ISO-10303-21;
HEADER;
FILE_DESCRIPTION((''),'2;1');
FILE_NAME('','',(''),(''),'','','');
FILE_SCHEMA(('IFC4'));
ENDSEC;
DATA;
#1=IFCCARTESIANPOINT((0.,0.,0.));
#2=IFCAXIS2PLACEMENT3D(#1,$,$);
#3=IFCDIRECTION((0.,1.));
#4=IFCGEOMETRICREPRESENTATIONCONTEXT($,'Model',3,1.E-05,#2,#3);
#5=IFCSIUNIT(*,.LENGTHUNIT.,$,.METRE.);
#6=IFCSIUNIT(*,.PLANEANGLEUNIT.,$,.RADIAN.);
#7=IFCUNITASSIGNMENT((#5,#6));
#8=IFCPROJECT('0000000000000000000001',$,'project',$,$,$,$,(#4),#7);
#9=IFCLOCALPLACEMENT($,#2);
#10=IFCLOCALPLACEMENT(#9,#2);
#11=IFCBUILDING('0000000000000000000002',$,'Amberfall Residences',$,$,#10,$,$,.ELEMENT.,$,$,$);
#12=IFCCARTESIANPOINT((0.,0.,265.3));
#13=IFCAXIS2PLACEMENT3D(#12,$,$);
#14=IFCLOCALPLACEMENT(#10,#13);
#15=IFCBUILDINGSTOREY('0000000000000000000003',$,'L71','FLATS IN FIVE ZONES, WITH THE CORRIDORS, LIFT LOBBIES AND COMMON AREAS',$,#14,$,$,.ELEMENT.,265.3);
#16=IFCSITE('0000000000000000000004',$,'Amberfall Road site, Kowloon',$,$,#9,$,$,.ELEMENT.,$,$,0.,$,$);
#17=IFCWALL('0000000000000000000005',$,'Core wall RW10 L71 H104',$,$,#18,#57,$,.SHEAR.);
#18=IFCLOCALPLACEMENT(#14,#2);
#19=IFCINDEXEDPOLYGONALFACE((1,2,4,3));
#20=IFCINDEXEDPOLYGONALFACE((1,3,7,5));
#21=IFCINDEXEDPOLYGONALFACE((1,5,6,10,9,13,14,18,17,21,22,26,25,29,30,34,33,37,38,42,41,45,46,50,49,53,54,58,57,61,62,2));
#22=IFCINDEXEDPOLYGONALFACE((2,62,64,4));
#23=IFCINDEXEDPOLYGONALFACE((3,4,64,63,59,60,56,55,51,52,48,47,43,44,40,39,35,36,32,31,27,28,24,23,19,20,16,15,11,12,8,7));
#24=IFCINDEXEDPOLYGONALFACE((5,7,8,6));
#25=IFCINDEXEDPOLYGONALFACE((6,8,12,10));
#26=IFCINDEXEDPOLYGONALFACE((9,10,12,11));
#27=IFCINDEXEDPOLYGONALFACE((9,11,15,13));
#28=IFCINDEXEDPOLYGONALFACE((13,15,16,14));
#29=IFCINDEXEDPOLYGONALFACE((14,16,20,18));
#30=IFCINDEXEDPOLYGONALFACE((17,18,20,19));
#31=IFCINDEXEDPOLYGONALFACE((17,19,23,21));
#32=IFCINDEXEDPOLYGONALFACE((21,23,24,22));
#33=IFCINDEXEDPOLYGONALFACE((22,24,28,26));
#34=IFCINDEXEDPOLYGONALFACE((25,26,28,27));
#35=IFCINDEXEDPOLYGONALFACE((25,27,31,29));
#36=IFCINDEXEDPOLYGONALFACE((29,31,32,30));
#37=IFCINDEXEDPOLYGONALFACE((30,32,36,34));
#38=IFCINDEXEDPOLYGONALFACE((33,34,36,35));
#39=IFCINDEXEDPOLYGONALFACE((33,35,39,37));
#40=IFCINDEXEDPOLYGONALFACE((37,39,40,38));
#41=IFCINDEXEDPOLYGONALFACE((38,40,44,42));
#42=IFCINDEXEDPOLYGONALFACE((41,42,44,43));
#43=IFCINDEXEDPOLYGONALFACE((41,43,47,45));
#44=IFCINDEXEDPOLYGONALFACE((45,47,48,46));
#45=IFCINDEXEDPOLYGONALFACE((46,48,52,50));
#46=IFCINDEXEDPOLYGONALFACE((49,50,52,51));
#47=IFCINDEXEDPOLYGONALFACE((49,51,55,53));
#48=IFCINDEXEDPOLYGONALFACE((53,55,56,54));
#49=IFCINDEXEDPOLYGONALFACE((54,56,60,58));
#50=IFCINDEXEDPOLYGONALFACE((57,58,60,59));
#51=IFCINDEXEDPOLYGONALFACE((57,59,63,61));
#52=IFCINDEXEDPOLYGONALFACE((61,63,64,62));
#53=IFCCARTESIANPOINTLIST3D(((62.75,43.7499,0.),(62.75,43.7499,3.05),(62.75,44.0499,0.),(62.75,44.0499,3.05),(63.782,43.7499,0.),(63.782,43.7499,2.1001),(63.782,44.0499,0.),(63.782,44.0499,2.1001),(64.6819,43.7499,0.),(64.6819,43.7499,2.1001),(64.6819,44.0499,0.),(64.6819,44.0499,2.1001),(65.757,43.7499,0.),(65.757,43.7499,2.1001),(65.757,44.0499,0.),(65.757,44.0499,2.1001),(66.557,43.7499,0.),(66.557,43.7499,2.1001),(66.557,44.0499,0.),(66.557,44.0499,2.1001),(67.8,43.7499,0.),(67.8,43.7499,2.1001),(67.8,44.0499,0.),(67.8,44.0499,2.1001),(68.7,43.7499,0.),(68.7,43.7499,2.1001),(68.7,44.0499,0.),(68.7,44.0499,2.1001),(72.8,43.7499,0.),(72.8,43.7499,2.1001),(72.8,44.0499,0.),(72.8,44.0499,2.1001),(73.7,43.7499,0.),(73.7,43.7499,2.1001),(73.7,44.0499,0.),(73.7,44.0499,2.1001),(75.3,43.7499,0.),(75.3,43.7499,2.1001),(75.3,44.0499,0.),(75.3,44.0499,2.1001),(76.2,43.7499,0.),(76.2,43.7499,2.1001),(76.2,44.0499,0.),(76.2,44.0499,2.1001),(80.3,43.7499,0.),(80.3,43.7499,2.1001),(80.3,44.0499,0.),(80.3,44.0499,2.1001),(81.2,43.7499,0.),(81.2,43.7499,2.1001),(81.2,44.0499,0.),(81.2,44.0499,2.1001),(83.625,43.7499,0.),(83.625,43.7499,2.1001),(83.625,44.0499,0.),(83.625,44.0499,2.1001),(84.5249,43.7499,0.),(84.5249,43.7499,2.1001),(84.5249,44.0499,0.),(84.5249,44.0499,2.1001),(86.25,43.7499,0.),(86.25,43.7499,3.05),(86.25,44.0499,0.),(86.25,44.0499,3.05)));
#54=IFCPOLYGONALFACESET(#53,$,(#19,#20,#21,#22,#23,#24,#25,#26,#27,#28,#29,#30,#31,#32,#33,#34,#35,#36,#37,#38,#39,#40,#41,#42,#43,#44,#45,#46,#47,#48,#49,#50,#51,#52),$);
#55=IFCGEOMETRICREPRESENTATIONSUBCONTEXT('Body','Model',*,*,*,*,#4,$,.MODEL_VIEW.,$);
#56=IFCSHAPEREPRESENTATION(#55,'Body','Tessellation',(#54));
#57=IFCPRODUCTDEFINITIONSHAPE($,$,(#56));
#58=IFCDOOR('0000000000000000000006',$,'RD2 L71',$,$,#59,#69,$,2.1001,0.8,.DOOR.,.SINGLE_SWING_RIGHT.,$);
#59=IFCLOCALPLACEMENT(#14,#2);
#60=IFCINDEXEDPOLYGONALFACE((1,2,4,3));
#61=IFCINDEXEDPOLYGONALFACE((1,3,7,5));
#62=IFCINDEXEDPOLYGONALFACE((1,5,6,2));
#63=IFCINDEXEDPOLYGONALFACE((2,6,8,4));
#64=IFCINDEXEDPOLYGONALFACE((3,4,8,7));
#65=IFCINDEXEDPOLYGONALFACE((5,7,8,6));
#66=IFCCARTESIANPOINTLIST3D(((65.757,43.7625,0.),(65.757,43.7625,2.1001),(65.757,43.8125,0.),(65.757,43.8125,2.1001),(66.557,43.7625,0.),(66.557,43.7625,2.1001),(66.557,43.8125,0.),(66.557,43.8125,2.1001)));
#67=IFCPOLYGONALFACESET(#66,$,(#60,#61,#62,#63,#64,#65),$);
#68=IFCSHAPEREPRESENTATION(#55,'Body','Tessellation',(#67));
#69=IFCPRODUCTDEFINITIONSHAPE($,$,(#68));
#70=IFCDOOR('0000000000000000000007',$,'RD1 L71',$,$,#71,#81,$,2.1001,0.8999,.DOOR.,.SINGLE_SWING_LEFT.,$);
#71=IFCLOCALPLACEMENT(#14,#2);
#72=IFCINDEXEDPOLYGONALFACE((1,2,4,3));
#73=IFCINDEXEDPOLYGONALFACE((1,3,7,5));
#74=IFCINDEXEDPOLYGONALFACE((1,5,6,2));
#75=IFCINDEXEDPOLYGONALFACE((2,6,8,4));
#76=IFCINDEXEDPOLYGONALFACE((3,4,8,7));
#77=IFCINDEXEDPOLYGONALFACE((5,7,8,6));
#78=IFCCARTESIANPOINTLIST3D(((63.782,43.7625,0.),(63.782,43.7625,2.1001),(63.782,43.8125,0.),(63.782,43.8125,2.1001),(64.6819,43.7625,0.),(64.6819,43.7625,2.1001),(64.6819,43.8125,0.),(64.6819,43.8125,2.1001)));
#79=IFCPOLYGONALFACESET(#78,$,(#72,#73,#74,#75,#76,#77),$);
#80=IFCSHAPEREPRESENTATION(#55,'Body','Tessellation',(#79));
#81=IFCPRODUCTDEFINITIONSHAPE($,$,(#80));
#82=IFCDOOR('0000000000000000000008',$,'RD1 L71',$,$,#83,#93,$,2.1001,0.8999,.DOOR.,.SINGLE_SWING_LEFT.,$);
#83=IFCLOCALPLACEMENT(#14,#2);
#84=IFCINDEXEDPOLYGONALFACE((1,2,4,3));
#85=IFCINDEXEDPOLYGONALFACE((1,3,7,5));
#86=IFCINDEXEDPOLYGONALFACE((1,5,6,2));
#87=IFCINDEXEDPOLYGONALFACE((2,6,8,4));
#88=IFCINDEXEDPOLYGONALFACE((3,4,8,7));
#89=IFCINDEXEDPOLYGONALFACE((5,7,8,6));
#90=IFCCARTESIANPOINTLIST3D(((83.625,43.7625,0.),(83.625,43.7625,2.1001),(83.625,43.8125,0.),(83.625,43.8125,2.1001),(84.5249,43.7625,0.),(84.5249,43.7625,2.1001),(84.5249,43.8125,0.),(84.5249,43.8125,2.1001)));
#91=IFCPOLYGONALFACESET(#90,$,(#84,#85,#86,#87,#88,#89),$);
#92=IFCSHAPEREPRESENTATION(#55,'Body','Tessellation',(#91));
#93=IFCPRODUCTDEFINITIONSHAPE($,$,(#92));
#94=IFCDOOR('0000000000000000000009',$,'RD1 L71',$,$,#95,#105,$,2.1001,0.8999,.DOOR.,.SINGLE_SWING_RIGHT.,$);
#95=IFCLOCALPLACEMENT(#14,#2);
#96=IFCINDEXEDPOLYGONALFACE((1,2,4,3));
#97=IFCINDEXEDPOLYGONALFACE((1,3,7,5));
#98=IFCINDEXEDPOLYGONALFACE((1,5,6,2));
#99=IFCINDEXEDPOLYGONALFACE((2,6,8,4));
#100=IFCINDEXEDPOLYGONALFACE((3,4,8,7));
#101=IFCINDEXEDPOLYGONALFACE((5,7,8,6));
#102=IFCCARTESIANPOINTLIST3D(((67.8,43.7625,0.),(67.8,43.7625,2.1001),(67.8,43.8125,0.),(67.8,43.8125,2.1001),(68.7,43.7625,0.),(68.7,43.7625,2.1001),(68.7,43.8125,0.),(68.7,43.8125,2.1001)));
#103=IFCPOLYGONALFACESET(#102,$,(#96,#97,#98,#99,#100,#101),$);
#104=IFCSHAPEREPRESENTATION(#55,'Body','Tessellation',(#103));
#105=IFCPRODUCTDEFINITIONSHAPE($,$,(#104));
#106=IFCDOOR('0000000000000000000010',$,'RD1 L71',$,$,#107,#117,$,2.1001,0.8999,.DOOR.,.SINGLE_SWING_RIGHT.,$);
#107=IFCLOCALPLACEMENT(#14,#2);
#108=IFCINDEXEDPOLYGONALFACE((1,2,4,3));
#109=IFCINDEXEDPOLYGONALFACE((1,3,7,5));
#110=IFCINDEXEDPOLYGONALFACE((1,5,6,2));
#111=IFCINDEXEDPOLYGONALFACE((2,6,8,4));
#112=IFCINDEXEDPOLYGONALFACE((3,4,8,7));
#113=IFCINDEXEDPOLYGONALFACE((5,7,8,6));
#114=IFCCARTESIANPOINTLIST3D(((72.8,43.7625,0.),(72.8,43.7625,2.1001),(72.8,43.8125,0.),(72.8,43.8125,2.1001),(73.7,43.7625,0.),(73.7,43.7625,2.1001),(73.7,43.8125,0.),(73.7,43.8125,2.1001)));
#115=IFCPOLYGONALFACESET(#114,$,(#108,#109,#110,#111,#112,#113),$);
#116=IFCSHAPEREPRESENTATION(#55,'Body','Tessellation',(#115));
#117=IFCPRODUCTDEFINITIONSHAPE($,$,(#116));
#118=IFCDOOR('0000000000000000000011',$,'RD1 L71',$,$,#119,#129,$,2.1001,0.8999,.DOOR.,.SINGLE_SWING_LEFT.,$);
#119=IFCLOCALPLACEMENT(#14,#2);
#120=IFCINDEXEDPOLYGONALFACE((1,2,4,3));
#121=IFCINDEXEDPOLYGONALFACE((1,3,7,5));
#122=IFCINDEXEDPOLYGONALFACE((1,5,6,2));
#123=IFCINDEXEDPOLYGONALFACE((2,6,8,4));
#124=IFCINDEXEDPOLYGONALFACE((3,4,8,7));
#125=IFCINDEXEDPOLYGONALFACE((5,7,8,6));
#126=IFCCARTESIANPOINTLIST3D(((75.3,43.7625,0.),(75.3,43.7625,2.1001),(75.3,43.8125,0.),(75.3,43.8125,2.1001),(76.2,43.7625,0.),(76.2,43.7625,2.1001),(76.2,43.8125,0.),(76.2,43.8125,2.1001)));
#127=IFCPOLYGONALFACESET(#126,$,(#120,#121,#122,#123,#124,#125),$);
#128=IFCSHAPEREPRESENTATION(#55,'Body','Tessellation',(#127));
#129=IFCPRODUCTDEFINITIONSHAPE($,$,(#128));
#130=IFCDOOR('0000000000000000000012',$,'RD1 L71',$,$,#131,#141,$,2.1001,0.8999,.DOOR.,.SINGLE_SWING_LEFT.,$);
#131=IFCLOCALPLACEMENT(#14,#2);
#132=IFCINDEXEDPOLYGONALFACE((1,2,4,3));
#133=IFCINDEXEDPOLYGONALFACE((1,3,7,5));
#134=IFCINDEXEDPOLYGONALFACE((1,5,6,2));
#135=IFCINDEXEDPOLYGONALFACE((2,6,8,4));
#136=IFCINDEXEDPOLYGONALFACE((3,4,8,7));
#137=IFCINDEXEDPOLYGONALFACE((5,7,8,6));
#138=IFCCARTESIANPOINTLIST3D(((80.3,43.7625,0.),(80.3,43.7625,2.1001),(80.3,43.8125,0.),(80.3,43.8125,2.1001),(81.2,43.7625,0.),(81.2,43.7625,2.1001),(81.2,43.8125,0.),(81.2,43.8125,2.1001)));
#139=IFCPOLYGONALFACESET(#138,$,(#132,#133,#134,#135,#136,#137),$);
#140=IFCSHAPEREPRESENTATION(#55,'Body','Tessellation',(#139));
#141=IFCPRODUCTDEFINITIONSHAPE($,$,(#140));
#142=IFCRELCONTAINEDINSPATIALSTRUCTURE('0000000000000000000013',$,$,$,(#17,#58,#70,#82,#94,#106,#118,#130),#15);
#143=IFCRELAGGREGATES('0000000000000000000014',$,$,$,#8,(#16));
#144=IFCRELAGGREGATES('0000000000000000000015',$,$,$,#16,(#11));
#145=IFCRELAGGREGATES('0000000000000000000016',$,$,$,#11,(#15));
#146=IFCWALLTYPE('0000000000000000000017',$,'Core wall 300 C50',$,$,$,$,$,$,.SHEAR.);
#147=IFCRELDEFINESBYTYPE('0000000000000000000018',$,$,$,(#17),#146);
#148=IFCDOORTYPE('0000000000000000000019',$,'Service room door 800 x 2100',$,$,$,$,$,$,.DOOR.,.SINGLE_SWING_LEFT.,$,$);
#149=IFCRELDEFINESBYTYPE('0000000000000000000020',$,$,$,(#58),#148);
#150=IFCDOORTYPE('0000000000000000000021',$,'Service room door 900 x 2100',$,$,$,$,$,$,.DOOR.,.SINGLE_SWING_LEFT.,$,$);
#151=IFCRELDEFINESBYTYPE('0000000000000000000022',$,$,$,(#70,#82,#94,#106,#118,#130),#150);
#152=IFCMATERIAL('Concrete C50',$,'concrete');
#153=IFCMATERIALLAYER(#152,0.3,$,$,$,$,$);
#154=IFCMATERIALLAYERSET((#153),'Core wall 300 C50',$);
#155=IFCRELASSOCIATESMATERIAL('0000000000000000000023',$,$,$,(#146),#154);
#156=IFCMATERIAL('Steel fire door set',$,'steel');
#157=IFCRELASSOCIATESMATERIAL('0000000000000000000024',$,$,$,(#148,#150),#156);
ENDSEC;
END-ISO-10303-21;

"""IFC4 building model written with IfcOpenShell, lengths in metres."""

from ifc_helpers import new_model, si_unit, direction, frame, frame_2d, origin, place, context, subcontext, project, spatial, rectangle, extrude, material, layer, layer_set, type_object, element, fill, save


model = new_model("IFC4")

# Units and contexts
model_context = context("Model", 3, precision=1e-05, world=origin(), true_north=direction((0.0, 1.0)))
body_context = subcontext(model_context, "Body", "Model", "MODEL_VIEW")
ifc_project = project(units=[si_unit("LENGTHUNIT", "METRE"), si_unit("PLANEANGLEUNIT", "RADIAN")], contexts=[model_context])

# Site, building, storey
site_placement = place(None, origin())
site = spatial("IfcSite", under=ifc_project, at=site_placement, Name="Amberfall Road site, Kowloon", CompositionType="ELEMENT", RefElevation=0.0)
building_placement = place(site_placement, origin())
building = spatial("IfcBuilding", under=site, at=building_placement, Name="Amberfall Residences", CompositionType="ELEMENT")
storey_placement = place(building_placement, frame((0.0, 0.0, 265.3)))
storey = spatial("IfcBuildingStorey", under=building, at=storey_placement, Name="L71", Description="FLATS IN FIVE ZONES, WITH THE CORRIDORS, LIFT LOBBIES AND COMMON AREAS", CompositionType="ELEMENT", Elevation=265.3)

# Wall, openings, doors
ifc_material_1 = material(Name="Concrete C50", Category="concrete")
ifc_layer = layer(ifc_material_1, 0.3)
ifc_layer_set = layer_set([ifc_layer], Name="Core wall 300 C50")
wall_type = type_object("IfcWallType", Name="Core wall 300 C50", PredefinedType="SHEAR", material=ifc_layer_set)
wall_1_placement = place(storey_placement, frame((62.75, 43.8999, 0.0), z_axis=(0.0, 0.0, 1.0), x_axis=(1.0, 0.0, 0.0)))
wall_1 = element("IfcWall", 1, at=wall_1_placement, inside=storey, type_object=wall_type, Name="Core wall RW10 L71 H104", PredefinedType="SHEAR", context=body_context, shape_type="SweptSolid", body=[
    extrude(rectangle(XDim=23.5, YDim=0.3, at=frame_2d((11.75, 0.0))), origin(), (0.0, 0.0, 1.0), 3.05),
])
opening_1_placement = place(wall_1_placement, frame((1.032, 0.0, 0.0)))
opening_1 = element("IfcOpeningElement", 2, at=opening_1_placement, cuts=wall_1, PredefinedType="OPENING", context=body_context, shape_type="SweptSolid", body=[
    extrude(rectangle(XDim=0.8999, YDim=2.1001, at=frame_2d((0.45, 1.05))), frame((0.0, 0.1599, 0.0), z_axis=(0.0, -1.0, 0.0), x_axis=(1.0, 0.0, 0.0)), (0.0, 0.0, 1.0), 0.3201),
])
opening_2_placement = place(wall_1_placement, frame((3.0071, 0.0, 0.0)))
opening_2 = element("IfcOpeningElement", 3, at=opening_2_placement, cuts=wall_1, PredefinedType="OPENING", context=body_context, shape_type="SweptSolid", body=[
    extrude(rectangle(XDim=0.8, YDim=2.1001, at=frame_2d((0.3999, 1.05))), frame((0.0, 0.1599, 0.0), z_axis=(0.0, -1.0, 0.0), x_axis=(1.0, 0.0, 0.0)), (0.0, 0.0, 1.0), 0.3201),
])
opening_3_placement = place(wall_1_placement, frame((20.875, 0.0, 0.0)))
opening_3 = element("IfcOpeningElement", 4, at=opening_3_placement, cuts=wall_1, PredefinedType="OPENING", context=body_context, shape_type="SweptSolid", body=[
    extrude(rectangle(XDim=0.8999, YDim=2.1001, at=frame_2d((0.45, 1.05))), frame((0.0, 0.1599, 0.0), z_axis=(0.0, -1.0, 0.0), x_axis=(1.0, 0.0, 0.0)), (0.0, 0.0, 1.0), 0.3201),
])
opening_4_placement = place(wall_1_placement, frame((5.05, 0.0, 0.0)))
opening_4 = element("IfcOpeningElement", 5, at=opening_4_placement, cuts=wall_1, PredefinedType="OPENING", context=body_context, shape_type="SweptSolid", body=[
    extrude(rectangle(XDim=0.8999, YDim=2.1001, at=frame_2d((0.45, 1.05))), frame((0.0, 0.1599, 0.0), z_axis=(0.0, -1.0, 0.0), x_axis=(1.0, 0.0, 0.0)), (0.0, 0.0, 1.0), 0.3201),
])
opening_5_placement = place(wall_1_placement, frame((10.05, 0.0, 0.0)))
opening_5 = element("IfcOpeningElement", 6, at=opening_5_placement, cuts=wall_1, PredefinedType="OPENING", context=body_context, shape_type="SweptSolid", body=[
    extrude(rectangle(XDim=0.8999, YDim=2.1001, at=frame_2d((0.45, 1.05))), frame((0.0, 0.1599, 0.0), z_axis=(0.0, -1.0, 0.0), x_axis=(1.0, 0.0, 0.0)), (0.0, 0.0, 1.0), 0.3201),
])
opening_6_placement = place(wall_1_placement, frame((12.55, 0.0, 0.0)))
opening_6 = element("IfcOpeningElement", 7, at=opening_6_placement, cuts=wall_1, PredefinedType="OPENING", context=body_context, shape_type="SweptSolid", body=[
    extrude(rectangle(XDim=0.8999, YDim=2.1001, at=frame_2d((0.45, 1.05))), frame((0.0, 0.1599, 0.0), z_axis=(0.0, -1.0, 0.0), x_axis=(1.0, 0.0, 0.0)), (0.0, 0.0, 1.0), 0.3201),
])
opening_7_placement = place(wall_1_placement, frame((17.55, 0.0, 0.0)))
opening_7 = element("IfcOpeningElement", 8, at=opening_7_placement, cuts=wall_1, PredefinedType="OPENING", context=body_context, shape_type="SweptSolid", body=[
    extrude(rectangle(XDim=0.8999, YDim=2.1001, at=frame_2d((0.45, 1.05))), frame((0.0, 0.1599, 0.0), z_axis=(0.0, -1.0, 0.0), x_axis=(1.0, 0.0, 0.0)), (0.0, 0.0, 1.0), 0.3201),
])
ifc_material_2 = material(Name="Steel fire door set", Category="steel")
door_type_1 = type_object("IfcDoorType", Name="Service room door 800 x 2100", OperationType="SINGLE_SWING_LEFT", PredefinedType="DOOR", material=ifc_material_2)
door_1_placement = place(opening_2_placement, origin())
door_1 = element("IfcDoor", 9, at=door_1_placement, inside=storey, type_object=door_type_1, Name="RD2 L71", OperationType="SINGLE_SWING_RIGHT", OverallHeight=2.1001, OverallWidth=0.8, PredefinedType="DOOR", context=body_context, shape_type="SweptSolid", body=[
    extrude(rectangle(XDim=0.8, YDim=2.1001, at=frame_2d((0.3999, 1.05))), frame((0.0, -0.0874, 0.0), z_axis=(0.0, -1.0, 0.0), x_axis=(1.0, 0.0, 0.0)), (0.0, 0.0, 1.0), 0.05),
])
fill(opening_2, door_1)
door_type_2 = type_object("IfcDoorType", Name="Service room door 900 x 2100", OperationType="SINGLE_SWING_LEFT", PredefinedType="DOOR", material=ifc_material_2)
door_2_placement = place(opening_1_placement, origin())
door_2 = element("IfcDoor", 10, at=door_2_placement, inside=storey, type_object=door_type_2, Name="RD1 L71", OperationType="SINGLE_SWING_LEFT", OverallHeight=2.1001, OverallWidth=0.8999, PredefinedType="DOOR", context=body_context, shape_type="SweptSolid", body=[
    extrude(rectangle(XDim=0.8999, YDim=2.1001, at=frame_2d((0.45, 1.05))), frame((0.0, -0.0874, 0.0), z_axis=(0.0, -1.0, 0.0), x_axis=(1.0, 0.0, 0.0)), (0.0, 0.0, 1.0), 0.05),
])
fill(opening_1, door_2)
door_3_placement = place(opening_3_placement, origin())
door_3 = element("IfcDoor", 11, at=door_3_placement, inside=storey, type_object=door_type_2, Name="RD1 L71", OperationType="SINGLE_SWING_LEFT", OverallHeight=2.1001, OverallWidth=0.8999, PredefinedType="DOOR", context=body_context, shape_type="SweptSolid", body=[
    extrude(rectangle(XDim=0.8999, YDim=2.1001, at=frame_2d((0.45, 1.05))), frame((0.0, -0.0874, 0.0), z_axis=(0.0, -1.0, 0.0), x_axis=(1.0, 0.0, 0.0)), (0.0, 0.0, 1.0), 0.05),
])
fill(opening_3, door_3)
door_4_placement = place(opening_4_placement, origin())
door_4 = element("IfcDoor", 12, at=door_4_placement, inside=storey, type_object=door_type_2, Name="RD1 L71", OperationType="SINGLE_SWING_RIGHT", OverallHeight=2.1001, OverallWidth=0.8999, PredefinedType="DOOR", context=body_context, shape_type="SweptSolid", body=[
    extrude(rectangle(XDim=0.8999, YDim=2.1001, at=frame_2d((0.45, 1.05))), frame((0.0, -0.0874, 0.0), z_axis=(0.0, -1.0, 0.0), x_axis=(1.0, 0.0, 0.0)), (0.0, 0.0, 1.0), 0.05),
])
fill(opening_4, door_4)
door_5_placement = place(opening_5_placement, origin())
door_5 = element("IfcDoor", 13, at=door_5_placement, inside=storey, type_object=door_type_2, Name="RD1 L71", OperationType="SINGLE_SWING_RIGHT", OverallHeight=2.1001, OverallWidth=0.8999, PredefinedType="DOOR", context=body_context, shape_type="SweptSolid", body=[
    extrude(rectangle(XDim=0.8999, YDim=2.1001, at=frame_2d((0.45, 1.05))), frame((0.0, -0.0874, 0.0), z_axis=(0.0, -1.0, 0.0), x_axis=(1.0, 0.0, 0.0)), (0.0, 0.0, 1.0), 0.05),
])
fill(opening_5, door_5)
door_6_placement = place(opening_6_placement, origin())
door_6 = element("IfcDoor", 14, at=door_6_placement, inside=storey, type_object=door_type_2, Name="RD1 L71", OperationType="SINGLE_SWING_LEFT", OverallHeight=2.1001, OverallWidth=0.8999, PredefinedType="DOOR", context=body_context, shape_type="SweptSolid", body=[
    extrude(rectangle(XDim=0.8999, YDim=2.1001, at=frame_2d((0.45, 1.05))), frame((0.0, -0.0874, 0.0), z_axis=(0.0, -1.0, 0.0), x_axis=(1.0, 0.0, 0.0)), (0.0, 0.0, 1.0), 0.05),
])
fill(opening_6, door_6)
door_7_placement = place(opening_7_placement, origin())
door_7 = element("IfcDoor", 15, at=door_7_placement, inside=storey, type_object=door_type_2, Name="RD1 L71", OperationType="SINGLE_SWING_LEFT", OverallHeight=2.1001, OverallWidth=0.8999, PredefinedType="DOOR", context=body_context, shape_type="SweptSolid", body=[
    extrude(rectangle(XDim=0.8999, YDim=2.1001, at=frame_2d((0.45, 1.05))), frame((0.0, -0.0874, 0.0), z_axis=(0.0, -1.0, 0.0), x_axis=(1.0, 0.0, 0.0)), (0.0, 0.0, 1.0), 0.05),
])
fill(opening_7, door_7)

save(model, "model.ifc")
